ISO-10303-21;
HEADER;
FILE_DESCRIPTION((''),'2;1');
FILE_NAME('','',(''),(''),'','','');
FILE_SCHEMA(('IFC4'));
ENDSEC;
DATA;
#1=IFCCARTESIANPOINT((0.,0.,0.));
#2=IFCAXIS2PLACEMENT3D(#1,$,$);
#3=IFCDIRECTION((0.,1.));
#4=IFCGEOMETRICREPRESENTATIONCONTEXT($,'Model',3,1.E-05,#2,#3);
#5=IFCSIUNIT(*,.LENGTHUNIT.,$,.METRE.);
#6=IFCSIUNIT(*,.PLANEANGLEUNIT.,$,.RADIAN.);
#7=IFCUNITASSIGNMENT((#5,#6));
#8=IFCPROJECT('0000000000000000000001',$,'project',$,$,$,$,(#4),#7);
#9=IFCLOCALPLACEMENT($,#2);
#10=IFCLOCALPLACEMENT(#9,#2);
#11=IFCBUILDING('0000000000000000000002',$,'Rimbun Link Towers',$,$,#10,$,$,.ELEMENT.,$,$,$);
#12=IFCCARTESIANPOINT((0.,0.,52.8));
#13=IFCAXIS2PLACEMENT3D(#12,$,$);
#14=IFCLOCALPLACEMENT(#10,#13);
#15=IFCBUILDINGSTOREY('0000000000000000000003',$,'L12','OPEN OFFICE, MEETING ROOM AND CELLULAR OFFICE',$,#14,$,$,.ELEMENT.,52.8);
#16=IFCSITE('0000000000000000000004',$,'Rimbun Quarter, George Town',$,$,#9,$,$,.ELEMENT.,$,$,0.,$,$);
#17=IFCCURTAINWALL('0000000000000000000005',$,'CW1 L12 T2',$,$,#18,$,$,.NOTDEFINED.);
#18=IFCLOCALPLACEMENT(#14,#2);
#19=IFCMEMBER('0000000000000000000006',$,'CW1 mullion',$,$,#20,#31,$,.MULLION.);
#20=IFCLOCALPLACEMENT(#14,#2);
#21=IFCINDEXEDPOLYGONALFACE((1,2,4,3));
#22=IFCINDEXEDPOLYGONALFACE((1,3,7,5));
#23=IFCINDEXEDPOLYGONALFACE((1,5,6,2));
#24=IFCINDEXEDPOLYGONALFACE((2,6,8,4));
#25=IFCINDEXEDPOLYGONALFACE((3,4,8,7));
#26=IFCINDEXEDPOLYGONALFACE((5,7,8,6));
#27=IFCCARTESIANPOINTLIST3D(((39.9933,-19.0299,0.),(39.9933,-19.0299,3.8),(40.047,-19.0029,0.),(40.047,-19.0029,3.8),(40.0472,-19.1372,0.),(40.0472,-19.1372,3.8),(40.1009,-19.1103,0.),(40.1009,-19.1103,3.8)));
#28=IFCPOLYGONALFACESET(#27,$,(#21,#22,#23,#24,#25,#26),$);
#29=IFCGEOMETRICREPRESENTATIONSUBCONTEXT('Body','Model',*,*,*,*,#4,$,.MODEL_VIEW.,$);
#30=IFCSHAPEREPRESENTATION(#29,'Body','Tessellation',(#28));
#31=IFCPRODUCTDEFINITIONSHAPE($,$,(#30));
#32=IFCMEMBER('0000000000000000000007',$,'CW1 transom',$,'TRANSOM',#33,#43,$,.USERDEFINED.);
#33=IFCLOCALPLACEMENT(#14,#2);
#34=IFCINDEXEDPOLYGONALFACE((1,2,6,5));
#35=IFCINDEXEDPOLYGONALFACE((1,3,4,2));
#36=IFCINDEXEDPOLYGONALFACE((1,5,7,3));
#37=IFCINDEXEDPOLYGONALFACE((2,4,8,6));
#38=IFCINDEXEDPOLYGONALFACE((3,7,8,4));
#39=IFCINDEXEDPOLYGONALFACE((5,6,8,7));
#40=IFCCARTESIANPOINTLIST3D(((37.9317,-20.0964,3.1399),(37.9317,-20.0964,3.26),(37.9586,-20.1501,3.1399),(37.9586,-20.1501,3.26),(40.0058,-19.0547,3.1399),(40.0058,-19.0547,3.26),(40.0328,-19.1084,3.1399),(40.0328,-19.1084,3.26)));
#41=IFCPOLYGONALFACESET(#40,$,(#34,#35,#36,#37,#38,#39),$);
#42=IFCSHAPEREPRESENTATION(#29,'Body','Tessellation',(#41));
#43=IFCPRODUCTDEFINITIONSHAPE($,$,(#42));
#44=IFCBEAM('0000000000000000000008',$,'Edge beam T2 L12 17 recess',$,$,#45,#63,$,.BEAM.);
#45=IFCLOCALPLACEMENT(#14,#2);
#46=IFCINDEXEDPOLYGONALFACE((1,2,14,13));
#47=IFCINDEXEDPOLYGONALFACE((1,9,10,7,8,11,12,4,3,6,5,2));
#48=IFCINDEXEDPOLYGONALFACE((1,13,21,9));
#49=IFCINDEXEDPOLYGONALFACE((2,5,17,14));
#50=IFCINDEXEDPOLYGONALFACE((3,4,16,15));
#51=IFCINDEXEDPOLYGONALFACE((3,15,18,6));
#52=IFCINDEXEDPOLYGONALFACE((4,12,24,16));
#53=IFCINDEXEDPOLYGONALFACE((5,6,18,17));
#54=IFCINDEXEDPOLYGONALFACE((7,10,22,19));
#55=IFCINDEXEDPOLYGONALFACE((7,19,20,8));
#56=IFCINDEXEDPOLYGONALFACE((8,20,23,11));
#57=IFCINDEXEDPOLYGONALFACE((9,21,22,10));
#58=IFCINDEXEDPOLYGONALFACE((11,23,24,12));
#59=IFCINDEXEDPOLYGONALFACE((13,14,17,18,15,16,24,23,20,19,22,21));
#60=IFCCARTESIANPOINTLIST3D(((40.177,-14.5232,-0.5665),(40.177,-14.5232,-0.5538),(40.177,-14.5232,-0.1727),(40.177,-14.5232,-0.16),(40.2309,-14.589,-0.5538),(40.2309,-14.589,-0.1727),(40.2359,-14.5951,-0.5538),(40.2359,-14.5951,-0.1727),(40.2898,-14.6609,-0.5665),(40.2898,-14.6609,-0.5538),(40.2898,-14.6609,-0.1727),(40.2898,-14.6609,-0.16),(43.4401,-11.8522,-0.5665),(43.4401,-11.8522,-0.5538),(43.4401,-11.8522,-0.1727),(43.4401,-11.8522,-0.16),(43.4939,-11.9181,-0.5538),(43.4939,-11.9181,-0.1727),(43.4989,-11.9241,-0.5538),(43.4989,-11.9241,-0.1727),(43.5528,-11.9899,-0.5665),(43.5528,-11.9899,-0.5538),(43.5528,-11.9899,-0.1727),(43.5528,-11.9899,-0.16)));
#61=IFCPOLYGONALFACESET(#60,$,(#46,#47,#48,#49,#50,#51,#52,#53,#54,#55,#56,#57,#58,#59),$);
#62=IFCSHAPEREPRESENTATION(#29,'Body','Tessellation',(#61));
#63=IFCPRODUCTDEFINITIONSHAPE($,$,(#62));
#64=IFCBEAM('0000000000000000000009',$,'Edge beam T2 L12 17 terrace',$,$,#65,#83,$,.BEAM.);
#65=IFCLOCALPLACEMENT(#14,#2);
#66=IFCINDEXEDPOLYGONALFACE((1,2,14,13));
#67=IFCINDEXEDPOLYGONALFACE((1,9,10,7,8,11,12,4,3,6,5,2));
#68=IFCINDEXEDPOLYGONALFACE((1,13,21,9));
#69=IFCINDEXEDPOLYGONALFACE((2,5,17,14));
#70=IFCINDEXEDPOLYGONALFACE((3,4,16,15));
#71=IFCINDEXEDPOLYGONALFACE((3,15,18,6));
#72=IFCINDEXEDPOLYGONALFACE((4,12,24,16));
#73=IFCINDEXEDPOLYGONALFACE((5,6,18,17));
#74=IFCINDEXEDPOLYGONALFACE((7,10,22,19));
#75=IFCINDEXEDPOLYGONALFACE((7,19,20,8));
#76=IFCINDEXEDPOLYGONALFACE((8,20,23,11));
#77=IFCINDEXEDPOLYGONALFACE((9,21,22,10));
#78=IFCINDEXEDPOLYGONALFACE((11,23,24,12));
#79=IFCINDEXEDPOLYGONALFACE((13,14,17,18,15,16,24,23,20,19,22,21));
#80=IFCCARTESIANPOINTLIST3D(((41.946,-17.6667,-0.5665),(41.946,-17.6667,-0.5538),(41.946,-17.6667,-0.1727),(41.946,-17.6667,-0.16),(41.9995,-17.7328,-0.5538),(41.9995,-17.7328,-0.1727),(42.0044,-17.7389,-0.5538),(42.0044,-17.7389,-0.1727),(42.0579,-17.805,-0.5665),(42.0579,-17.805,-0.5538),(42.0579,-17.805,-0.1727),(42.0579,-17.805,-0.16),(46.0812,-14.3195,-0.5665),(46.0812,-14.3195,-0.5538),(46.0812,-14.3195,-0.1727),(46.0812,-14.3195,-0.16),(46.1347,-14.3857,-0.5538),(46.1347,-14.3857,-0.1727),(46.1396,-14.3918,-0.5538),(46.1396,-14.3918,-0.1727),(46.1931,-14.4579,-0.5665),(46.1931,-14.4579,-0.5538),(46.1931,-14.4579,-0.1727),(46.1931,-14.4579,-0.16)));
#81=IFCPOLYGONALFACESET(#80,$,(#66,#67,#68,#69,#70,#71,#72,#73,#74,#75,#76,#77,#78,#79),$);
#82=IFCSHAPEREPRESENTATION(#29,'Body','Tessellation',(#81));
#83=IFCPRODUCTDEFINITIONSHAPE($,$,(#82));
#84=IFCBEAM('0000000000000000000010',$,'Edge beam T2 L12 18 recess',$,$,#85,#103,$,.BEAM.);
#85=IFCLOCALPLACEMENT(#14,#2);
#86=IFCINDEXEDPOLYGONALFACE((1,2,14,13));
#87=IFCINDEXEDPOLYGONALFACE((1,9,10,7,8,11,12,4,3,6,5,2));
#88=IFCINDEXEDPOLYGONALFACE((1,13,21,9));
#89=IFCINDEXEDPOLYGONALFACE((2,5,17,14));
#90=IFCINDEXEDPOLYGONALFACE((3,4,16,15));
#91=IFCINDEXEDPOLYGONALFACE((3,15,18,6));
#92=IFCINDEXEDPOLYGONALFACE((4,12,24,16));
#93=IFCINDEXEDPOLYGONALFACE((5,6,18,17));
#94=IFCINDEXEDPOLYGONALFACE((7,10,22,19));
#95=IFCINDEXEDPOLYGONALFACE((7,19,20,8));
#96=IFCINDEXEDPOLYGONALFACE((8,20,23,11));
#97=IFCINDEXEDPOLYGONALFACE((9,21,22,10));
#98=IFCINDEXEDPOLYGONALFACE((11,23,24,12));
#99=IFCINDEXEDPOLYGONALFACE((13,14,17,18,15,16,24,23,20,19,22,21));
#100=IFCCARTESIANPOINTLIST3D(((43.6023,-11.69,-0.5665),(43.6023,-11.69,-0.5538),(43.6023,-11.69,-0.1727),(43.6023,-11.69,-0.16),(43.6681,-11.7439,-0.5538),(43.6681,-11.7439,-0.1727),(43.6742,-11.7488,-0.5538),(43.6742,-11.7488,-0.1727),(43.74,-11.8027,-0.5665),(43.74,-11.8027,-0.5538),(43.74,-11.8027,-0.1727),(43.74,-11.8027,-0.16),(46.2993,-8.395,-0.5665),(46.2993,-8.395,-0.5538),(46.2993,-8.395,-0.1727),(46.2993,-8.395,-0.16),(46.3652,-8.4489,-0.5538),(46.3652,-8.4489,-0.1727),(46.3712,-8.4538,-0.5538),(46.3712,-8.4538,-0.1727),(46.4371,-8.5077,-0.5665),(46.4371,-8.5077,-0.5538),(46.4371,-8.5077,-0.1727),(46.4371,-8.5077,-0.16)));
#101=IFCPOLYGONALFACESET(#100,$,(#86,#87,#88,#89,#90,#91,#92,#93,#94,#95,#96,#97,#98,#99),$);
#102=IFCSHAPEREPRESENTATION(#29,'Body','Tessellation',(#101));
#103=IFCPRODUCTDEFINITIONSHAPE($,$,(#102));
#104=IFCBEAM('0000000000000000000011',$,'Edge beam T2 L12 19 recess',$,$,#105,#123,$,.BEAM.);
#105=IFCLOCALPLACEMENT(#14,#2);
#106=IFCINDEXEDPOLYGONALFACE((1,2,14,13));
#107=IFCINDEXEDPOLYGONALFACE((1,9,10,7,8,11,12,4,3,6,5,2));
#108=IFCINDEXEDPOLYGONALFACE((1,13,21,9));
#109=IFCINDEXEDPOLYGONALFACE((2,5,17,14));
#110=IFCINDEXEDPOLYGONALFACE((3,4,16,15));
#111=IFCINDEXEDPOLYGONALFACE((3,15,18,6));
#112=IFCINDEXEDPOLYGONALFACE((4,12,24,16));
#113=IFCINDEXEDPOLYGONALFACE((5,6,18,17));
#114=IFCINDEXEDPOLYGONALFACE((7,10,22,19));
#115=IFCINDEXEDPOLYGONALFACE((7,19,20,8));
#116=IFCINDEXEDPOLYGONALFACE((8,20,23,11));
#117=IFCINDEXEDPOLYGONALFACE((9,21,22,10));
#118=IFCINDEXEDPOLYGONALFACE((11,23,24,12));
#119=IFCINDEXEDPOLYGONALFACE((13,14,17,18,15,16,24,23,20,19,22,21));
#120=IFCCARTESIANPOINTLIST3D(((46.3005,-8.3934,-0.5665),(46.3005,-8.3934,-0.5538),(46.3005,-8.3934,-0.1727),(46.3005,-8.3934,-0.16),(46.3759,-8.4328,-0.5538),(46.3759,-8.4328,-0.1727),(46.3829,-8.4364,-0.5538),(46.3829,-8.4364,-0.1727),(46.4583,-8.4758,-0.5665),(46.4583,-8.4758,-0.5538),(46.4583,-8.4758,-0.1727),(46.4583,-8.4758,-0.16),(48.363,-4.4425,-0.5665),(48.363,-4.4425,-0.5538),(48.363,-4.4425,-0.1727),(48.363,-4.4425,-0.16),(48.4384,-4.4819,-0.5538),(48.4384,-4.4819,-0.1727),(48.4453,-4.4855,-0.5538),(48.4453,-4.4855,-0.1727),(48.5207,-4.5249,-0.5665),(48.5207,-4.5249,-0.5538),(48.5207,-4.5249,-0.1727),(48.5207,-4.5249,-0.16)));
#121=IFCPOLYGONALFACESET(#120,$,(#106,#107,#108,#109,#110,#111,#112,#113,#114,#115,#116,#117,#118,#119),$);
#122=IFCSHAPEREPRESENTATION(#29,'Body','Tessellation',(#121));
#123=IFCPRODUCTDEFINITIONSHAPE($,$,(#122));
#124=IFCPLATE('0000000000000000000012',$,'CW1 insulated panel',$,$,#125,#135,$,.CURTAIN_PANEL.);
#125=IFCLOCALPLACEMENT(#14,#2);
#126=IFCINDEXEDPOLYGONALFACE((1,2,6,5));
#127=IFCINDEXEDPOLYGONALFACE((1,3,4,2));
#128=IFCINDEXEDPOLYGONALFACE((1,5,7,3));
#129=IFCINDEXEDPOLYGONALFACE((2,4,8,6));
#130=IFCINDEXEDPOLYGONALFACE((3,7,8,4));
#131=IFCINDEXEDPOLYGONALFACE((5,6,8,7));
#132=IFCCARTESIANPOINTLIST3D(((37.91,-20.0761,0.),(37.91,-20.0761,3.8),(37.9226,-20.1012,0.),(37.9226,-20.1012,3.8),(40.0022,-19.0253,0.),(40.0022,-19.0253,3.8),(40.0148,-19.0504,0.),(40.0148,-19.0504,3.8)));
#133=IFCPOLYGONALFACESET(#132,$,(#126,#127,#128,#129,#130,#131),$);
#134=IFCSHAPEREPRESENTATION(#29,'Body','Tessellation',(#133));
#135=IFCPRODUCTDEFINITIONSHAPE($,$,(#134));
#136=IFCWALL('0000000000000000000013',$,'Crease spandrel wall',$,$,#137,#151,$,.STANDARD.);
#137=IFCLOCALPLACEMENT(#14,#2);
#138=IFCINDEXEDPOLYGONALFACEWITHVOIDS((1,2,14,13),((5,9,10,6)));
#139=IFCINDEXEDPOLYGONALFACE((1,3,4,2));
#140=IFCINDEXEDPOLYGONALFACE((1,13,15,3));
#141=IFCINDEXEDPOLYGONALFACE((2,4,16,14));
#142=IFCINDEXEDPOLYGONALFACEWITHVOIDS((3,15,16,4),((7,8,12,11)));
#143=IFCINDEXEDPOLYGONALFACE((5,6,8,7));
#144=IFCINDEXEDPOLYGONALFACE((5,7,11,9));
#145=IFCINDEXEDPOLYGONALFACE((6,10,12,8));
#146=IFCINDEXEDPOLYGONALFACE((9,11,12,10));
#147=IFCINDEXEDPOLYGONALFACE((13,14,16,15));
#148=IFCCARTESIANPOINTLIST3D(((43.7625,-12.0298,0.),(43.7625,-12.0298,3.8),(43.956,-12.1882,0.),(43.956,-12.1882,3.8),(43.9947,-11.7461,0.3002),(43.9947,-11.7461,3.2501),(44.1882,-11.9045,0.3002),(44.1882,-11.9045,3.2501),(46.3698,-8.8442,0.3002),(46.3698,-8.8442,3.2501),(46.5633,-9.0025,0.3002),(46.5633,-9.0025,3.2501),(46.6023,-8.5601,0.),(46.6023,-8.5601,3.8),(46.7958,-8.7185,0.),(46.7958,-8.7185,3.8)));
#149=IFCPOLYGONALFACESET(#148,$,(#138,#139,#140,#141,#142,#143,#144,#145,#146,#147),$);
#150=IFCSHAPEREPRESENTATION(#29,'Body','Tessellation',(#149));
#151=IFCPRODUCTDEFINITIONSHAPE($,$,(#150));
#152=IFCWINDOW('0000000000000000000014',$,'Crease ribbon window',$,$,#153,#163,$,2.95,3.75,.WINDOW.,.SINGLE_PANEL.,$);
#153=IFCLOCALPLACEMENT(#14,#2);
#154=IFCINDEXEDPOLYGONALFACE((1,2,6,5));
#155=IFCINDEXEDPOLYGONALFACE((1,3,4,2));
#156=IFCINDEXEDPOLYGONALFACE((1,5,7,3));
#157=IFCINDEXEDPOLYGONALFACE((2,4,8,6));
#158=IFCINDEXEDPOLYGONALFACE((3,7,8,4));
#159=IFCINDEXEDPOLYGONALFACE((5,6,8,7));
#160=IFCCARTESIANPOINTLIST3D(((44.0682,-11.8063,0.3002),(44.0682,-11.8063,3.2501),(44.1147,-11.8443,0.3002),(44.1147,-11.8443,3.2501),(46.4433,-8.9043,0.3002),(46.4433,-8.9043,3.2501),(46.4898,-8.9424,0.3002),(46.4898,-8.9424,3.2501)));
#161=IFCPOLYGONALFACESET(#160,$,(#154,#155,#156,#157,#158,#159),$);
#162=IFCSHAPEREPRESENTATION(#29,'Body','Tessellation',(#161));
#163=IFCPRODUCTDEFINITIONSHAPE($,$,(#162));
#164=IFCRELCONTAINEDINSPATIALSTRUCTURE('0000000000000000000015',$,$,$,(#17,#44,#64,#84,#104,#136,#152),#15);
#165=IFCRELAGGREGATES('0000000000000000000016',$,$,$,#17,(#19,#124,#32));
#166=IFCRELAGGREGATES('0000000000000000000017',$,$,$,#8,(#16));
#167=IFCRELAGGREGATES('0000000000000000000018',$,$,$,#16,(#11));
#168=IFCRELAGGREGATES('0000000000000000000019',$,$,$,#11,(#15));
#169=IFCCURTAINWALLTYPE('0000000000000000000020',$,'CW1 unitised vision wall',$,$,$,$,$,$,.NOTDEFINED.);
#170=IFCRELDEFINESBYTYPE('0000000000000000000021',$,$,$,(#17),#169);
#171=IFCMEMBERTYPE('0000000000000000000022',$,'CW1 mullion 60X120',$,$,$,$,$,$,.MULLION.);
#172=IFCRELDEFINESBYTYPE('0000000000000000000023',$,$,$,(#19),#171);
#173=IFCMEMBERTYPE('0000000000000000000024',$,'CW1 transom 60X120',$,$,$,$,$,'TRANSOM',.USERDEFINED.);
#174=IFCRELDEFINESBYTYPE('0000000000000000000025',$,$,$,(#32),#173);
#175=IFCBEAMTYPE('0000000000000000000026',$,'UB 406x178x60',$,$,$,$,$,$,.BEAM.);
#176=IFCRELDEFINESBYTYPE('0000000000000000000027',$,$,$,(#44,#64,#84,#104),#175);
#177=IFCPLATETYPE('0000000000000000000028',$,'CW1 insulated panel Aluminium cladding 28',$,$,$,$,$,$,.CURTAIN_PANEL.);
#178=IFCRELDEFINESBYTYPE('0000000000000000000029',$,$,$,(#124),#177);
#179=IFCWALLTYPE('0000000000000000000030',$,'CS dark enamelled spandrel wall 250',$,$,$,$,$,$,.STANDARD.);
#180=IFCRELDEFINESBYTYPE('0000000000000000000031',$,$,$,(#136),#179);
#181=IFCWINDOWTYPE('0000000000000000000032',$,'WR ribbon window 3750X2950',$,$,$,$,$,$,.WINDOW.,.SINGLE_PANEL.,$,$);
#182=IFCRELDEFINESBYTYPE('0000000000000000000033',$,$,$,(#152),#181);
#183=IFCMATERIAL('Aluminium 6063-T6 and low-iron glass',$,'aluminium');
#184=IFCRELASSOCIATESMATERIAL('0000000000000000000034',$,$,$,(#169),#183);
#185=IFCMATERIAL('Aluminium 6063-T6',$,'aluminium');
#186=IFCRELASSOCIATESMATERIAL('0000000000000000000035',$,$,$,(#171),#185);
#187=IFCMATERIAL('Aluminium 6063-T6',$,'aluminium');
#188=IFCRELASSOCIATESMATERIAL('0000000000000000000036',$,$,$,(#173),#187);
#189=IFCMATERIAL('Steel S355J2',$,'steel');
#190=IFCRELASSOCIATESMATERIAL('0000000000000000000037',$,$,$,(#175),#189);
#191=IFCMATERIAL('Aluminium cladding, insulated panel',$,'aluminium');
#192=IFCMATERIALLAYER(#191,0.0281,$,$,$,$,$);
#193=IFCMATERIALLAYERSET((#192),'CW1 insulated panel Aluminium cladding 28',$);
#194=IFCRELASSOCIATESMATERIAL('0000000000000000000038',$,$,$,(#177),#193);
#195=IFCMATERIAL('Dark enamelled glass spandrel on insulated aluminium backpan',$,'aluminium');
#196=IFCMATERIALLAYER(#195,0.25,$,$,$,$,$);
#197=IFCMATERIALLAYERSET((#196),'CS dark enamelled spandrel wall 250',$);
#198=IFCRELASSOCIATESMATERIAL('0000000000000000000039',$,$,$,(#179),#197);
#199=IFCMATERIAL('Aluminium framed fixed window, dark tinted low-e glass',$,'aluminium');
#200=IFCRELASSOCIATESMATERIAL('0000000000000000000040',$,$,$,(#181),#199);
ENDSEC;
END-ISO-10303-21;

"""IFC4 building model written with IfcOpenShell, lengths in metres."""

from ifc_helpers import new_model, si_unit, direction, frame, frame_2d, origin, origin_2d, place, context, subcontext, project, spatial, rectangle, i_section, extrude, material, layer, layer_set, material_profile, profile_set, type_object, element, fill, aggregate, save


model = new_model("IFC4")

# Units and contexts
model_context = context("Model", 3, precision=1e-05, world=origin(), true_north=direction((0.0, 1.0)))
body_context = subcontext(model_context, "Body", "Model", "MODEL_VIEW")
ifc_project = project(units=[si_unit("LENGTHUNIT", "METRE"), si_unit("PLANEANGLEUNIT", "RADIAN")], contexts=[model_context])

# Site, building, storey
site_placement = place(None, origin())
site = spatial("IfcSite", under=ifc_project, at=site_placement, Name="Rimbun Quarter, George Town", CompositionType="ELEMENT", RefElevation=0.0)
building_placement = place(site_placement, origin())
building = spatial("IfcBuilding", under=site, at=building_placement, Name="Rimbun Link Towers", CompositionType="ELEMENT")
storey_placement = place(building_placement, frame((0.0, 0.0, 52.8)))
storey = spatial("IfcBuildingStorey", under=building, at=storey_placement, Name="L12", Description="OPEN OFFICE, MEETING ROOM AND CELLULAR OFFICE", CompositionType="ELEMENT", Elevation=52.8)

# Curtain wall, members
ifc_material_1 = material(Name="Aluminium 6063-T6 and low-iron glass", Category="aluminium")
curtain_wall_type = type_object("IfcCurtainWallType", Name="CW1 unitised vision wall", PredefinedType="NOTDEFINED", material=ifc_material_1)
curtain_wall_placement = place(storey_placement, origin())
curtain_wall = element("IfcCurtainWall", 1, at=curtain_wall_placement, inside=storey, type_object=curtain_wall_type, Name="CW1 L12 T2", PredefinedType="NOTDEFINED")
ifc_material_2 = material(Name="Aluminium 6063-T6", Category="aluminium")
ifc_material_profile_1 = material_profile(ifc_material_2, rectangle(XDim=0.1201, YDim=0.0601, at=origin_2d()), Name="MULLION 60X120")
ifc_profile_set_1 = profile_set([ifc_material_profile_1], Name="Aluminium 6063-T6")
member_type_1 = type_object("IfcMemberType", Name="CW1 mullion 60X120", PredefinedType="MULLION", material=ifc_profile_set_1)
member_1_placement = place(storey_placement, frame((40.0471, -19.0701, 0.0), z_axis=(0.0, 0.0, 1.0), x_axis=(0.448789, -0.893638, 0.0)))
member_1 = element("IfcMember", 2, at=member_1_placement, type_object=member_type_1, Name="CW1 mullion", PredefinedType="MULLION", context=body_context, shape_type="SweptSolid", body=[
    extrude(rectangle(XDim=0.1201, YDim=0.0601, at=origin_2d()), origin(), (0.0, 0.0, 1.0), 3.8),
])
ifc_material_3 = material(Name="Aluminium 6063-T6", Category="aluminium")
ifc_material_profile_2 = material_profile(ifc_material_3, rectangle(XDim=0.0601, YDim=0.1201, at=origin_2d()), Name="TRANSOM 60X120")
ifc_profile_set_2 = profile_set([ifc_material_profile_2], Name="Aluminium 6063-T6")
member_type_2 = type_object("IfcMemberType", Name="CW1 transom 60X120", ElementType="TRANSOM", PredefinedType="USERDEFINED", material=ifc_profile_set_2)
member_2_placement = place(storey_placement, frame((40.0193, -19.0815, 3.2), z_axis=(-0.893626, -0.448812, 0.0), x_axis=(0.448812, -0.893626, 0.0)))
member_2 = element("IfcMember", 3, at=member_2_placement, type_object=member_type_2, Name="CW1 transom", ObjectType="TRANSOM", PredefinedType="USERDEFINED", context=body_context, shape_type="SweptSolid", body=[
    extrude(rectangle(XDim=0.0601, YDim=0.1201, at=origin_2d()), origin(), (0.0, 0.0, 1.0), 2.321),
])

# Beams
ifc_material_4 = material(Name="Steel S355J2", Category="steel")
ifc_material_profile_3 = material_profile(ifc_material_4, i_section(OverallWidth=0.178, OverallDepth=0.4065, WebThickness=0.0078, FlangeThickness=0.0127, at=origin_2d()), Name="UB 406x178x60")
ifc_profile_set_3 = profile_set([ifc_material_profile_3], Name="Steel S355J2")
beam_type = type_object("IfcBeamType", Name="UB 406x178x60", PredefinedType="BEAM", material=ifc_profile_set_3)
beam_1_placement = place(storey_placement, frame((40.2334, -14.592, -0.3633), z_axis=(0.773815, 0.633411, 0.0), x_axis=(-0.633411, 0.773815, 0.0)))
element("IfcBeam", 4, at=beam_1_placement, inside=storey, type_object=beam_type, Name="Edge beam T2 L12 17 recess", PredefinedType="BEAM", context=body_context, shape_type="SweptSolid", body=[
    extrude(i_section(OverallWidth=0.178, OverallDepth=0.4065, WebThickness=0.0078, FlangeThickness=0.0127, at=origin_2d()), origin(), (0.0, 0.0, 1.0), 4.2168),
])
beam_2_placement = place(storey_placement, frame((42.002, -17.7358, -0.3633), z_axis=(0.777283, 0.629151, 0.0), x_axis=(-0.629151, 0.777283, 0.0)))
element("IfcBeam", 5, at=beam_2_placement, inside=storey, type_object=beam_type, Name="Edge beam T2 L12 17 terrace", PredefinedType="BEAM", context=body_context, shape_type="SweptSolid", body=[
    extrude(i_section(OverallWidth=0.178, OverallDepth=0.4065, WebThickness=0.0078, FlangeThickness=0.0127, at=origin_2d()), origin(), (0.0, 0.0, 1.0), 5.3201),
])
beam_3_placement = place(storey_placement, frame((43.6711, -11.7463, -0.3633), z_axis=(0.633403, 0.773822, 0.0), x_axis=(-0.773822, 0.633403, 0.0)))
element("IfcBeam", 6, at=beam_3_placement, inside=storey, type_object=beam_type, Name="Edge beam T2 L12 18 recess", PredefinedType="BEAM", context=body_context, shape_type="SweptSolid", body=[
    extrude(i_section(OverallWidth=0.178, OverallDepth=0.4065, WebThickness=0.0078, FlangeThickness=0.0127, at=origin_2d()), origin(), (0.0, 0.0, 1.0), 4.2581),
])
beam_4_placement = place(storey_placement, frame((46.3794, -8.4346, -0.3633), z_axis=(0.462768, 0.886479, 0.0), x_axis=(-0.886479, 0.462768, 0.0)))
element("IfcBeam", 7, at=beam_4_placement, inside=storey, type_object=beam_type, Name="Edge beam T2 L12 19 recess", PredefinedType="BEAM", context=body_context, shape_type="SweptSolid", body=[
    extrude(i_section(OverallWidth=0.178, OverallDepth=0.4065, WebThickness=0.0078, FlangeThickness=0.0127, at=origin_2d()), origin(), (0.0, 0.0, 1.0), 4.4568),
])

# Plate
ifc_material_5 = material(Name="Aluminium cladding, insulated panel", Category="aluminium")
ifc_layer_1 = layer(ifc_material_5, 0.0281)
ifc_layer_set_1 = layer_set([ifc_layer_1], Name="CW1 insulated panel Aluminium cladding 28")
plate_type = type_object("IfcPlateType", Name="CW1 insulated panel Aluminium cladding 28", PredefinedType="CURTAIN_PANEL", material=ifc_layer_set_1)
plate_placement = place(storey_placement, frame((38.9624, -19.5632, 0.0), z_axis=(0.0, 0.0, 1.0), x_axis=(-0.893638, -0.448789, 0.0)))
plate = element("IfcPlate", 8, at=plate_placement, type_object=plate_type, Name="CW1 insulated panel", PredefinedType="CURTAIN_PANEL", context=body_context, shape_type="SweptSolid", body=[
    extrude(rectangle(XDim=2.3413, YDim=0.0281, at=origin_2d()), origin(), (0.0, 0.0, 1.0), 3.8),
])
aggregate(curtain_wall, [member_1, plate, member_2])

# Shared definitions
ifc_material_6 = material(Name="Dark enamelled glass spandrel on insulated aluminium backpan", Category="aluminium")
ifc_layer_2 = layer(ifc_material_6, 0.25)
ifc_layer_set_2 = layer_set([ifc_layer_2], Name="CS dark enamelled spandrel wall 250")
wall_type_1 = type_object("IfcWallType", Name="CS dark enamelled spandrel wall 250", PredefinedType="STANDARD", material=ifc_layer_set_2)

# Wall, opening, window
wall_1_placement = place(storey_placement, frame((46.699, -8.6394, 0.0), z_axis=(0.0, 0.0, 1.0), x_axis=(-0.633368, -0.773851, 0.0)))
wall_1 = element("IfcWall", 9, at=wall_1_placement, inside=storey, type_object=wall_type_1, Name="Crease spandrel wall", PredefinedType="STANDARD", context=body_context, shape_type="SweptSolid", body=[
    extrude(rectangle(XDim=4.4836, YDim=0.25, at=frame_2d((2.2417, 0.0))), origin(), (0.0, 0.0, 1.0), 3.8),
])
opening_1_placement = place(wall_1_placement, frame((0.3669, 0.0, 0.3)))
opening_1 = element("IfcOpeningElement", 10, at=opening_1_placement, cuts=wall_1, PredefinedType="OPENING", context=body_context, shape_type="SweptSolid", body=[
    extrude(rectangle(XDim=3.75, YDim=2.95, at=frame_2d((1.875, 1.4751))), frame((0.0, 0.135, 0.0), z_axis=(0.0, -1.0, 0.0), x_axis=(1.0, 0.0, 0.0)), (0.0, 0.0, 1.0), 0.27),
])
ifc_material_7 = material(Name="Aluminium framed fixed window, dark tinted low-e glass", Category="aluminium")
window_type_1 = type_object("IfcWindowType", Name="WR ribbon window 3750X2950", PartitioningType="SINGLE_PANEL", PredefinedType="WINDOW", material=ifc_material_7)
window_1_placement = place(opening_1_placement, origin())
window_1 = element("IfcWindow", 11, at=window_1_placement, inside=storey, type_object=window_type_1, Name="Crease ribbon window", OverallHeight=2.95, OverallWidth=3.75, PartitioningType="SINGLE_PANEL", PredefinedType="WINDOW", context=body_context, shape_type="SweptSolid", body=[
    extrude(rectangle(XDim=3.75, YDim=2.95, at=frame_2d((1.875, 1.4751))), frame((0.0, 0.03, 0.0), z_axis=(0.0, -1.0, 0.0), x_axis=(1.0, 0.0, 0.0)), (0.0, 0.0, 1.0), 0.0601),
])
fill(opening_1, window_1)

save(model, "model.ifc")
